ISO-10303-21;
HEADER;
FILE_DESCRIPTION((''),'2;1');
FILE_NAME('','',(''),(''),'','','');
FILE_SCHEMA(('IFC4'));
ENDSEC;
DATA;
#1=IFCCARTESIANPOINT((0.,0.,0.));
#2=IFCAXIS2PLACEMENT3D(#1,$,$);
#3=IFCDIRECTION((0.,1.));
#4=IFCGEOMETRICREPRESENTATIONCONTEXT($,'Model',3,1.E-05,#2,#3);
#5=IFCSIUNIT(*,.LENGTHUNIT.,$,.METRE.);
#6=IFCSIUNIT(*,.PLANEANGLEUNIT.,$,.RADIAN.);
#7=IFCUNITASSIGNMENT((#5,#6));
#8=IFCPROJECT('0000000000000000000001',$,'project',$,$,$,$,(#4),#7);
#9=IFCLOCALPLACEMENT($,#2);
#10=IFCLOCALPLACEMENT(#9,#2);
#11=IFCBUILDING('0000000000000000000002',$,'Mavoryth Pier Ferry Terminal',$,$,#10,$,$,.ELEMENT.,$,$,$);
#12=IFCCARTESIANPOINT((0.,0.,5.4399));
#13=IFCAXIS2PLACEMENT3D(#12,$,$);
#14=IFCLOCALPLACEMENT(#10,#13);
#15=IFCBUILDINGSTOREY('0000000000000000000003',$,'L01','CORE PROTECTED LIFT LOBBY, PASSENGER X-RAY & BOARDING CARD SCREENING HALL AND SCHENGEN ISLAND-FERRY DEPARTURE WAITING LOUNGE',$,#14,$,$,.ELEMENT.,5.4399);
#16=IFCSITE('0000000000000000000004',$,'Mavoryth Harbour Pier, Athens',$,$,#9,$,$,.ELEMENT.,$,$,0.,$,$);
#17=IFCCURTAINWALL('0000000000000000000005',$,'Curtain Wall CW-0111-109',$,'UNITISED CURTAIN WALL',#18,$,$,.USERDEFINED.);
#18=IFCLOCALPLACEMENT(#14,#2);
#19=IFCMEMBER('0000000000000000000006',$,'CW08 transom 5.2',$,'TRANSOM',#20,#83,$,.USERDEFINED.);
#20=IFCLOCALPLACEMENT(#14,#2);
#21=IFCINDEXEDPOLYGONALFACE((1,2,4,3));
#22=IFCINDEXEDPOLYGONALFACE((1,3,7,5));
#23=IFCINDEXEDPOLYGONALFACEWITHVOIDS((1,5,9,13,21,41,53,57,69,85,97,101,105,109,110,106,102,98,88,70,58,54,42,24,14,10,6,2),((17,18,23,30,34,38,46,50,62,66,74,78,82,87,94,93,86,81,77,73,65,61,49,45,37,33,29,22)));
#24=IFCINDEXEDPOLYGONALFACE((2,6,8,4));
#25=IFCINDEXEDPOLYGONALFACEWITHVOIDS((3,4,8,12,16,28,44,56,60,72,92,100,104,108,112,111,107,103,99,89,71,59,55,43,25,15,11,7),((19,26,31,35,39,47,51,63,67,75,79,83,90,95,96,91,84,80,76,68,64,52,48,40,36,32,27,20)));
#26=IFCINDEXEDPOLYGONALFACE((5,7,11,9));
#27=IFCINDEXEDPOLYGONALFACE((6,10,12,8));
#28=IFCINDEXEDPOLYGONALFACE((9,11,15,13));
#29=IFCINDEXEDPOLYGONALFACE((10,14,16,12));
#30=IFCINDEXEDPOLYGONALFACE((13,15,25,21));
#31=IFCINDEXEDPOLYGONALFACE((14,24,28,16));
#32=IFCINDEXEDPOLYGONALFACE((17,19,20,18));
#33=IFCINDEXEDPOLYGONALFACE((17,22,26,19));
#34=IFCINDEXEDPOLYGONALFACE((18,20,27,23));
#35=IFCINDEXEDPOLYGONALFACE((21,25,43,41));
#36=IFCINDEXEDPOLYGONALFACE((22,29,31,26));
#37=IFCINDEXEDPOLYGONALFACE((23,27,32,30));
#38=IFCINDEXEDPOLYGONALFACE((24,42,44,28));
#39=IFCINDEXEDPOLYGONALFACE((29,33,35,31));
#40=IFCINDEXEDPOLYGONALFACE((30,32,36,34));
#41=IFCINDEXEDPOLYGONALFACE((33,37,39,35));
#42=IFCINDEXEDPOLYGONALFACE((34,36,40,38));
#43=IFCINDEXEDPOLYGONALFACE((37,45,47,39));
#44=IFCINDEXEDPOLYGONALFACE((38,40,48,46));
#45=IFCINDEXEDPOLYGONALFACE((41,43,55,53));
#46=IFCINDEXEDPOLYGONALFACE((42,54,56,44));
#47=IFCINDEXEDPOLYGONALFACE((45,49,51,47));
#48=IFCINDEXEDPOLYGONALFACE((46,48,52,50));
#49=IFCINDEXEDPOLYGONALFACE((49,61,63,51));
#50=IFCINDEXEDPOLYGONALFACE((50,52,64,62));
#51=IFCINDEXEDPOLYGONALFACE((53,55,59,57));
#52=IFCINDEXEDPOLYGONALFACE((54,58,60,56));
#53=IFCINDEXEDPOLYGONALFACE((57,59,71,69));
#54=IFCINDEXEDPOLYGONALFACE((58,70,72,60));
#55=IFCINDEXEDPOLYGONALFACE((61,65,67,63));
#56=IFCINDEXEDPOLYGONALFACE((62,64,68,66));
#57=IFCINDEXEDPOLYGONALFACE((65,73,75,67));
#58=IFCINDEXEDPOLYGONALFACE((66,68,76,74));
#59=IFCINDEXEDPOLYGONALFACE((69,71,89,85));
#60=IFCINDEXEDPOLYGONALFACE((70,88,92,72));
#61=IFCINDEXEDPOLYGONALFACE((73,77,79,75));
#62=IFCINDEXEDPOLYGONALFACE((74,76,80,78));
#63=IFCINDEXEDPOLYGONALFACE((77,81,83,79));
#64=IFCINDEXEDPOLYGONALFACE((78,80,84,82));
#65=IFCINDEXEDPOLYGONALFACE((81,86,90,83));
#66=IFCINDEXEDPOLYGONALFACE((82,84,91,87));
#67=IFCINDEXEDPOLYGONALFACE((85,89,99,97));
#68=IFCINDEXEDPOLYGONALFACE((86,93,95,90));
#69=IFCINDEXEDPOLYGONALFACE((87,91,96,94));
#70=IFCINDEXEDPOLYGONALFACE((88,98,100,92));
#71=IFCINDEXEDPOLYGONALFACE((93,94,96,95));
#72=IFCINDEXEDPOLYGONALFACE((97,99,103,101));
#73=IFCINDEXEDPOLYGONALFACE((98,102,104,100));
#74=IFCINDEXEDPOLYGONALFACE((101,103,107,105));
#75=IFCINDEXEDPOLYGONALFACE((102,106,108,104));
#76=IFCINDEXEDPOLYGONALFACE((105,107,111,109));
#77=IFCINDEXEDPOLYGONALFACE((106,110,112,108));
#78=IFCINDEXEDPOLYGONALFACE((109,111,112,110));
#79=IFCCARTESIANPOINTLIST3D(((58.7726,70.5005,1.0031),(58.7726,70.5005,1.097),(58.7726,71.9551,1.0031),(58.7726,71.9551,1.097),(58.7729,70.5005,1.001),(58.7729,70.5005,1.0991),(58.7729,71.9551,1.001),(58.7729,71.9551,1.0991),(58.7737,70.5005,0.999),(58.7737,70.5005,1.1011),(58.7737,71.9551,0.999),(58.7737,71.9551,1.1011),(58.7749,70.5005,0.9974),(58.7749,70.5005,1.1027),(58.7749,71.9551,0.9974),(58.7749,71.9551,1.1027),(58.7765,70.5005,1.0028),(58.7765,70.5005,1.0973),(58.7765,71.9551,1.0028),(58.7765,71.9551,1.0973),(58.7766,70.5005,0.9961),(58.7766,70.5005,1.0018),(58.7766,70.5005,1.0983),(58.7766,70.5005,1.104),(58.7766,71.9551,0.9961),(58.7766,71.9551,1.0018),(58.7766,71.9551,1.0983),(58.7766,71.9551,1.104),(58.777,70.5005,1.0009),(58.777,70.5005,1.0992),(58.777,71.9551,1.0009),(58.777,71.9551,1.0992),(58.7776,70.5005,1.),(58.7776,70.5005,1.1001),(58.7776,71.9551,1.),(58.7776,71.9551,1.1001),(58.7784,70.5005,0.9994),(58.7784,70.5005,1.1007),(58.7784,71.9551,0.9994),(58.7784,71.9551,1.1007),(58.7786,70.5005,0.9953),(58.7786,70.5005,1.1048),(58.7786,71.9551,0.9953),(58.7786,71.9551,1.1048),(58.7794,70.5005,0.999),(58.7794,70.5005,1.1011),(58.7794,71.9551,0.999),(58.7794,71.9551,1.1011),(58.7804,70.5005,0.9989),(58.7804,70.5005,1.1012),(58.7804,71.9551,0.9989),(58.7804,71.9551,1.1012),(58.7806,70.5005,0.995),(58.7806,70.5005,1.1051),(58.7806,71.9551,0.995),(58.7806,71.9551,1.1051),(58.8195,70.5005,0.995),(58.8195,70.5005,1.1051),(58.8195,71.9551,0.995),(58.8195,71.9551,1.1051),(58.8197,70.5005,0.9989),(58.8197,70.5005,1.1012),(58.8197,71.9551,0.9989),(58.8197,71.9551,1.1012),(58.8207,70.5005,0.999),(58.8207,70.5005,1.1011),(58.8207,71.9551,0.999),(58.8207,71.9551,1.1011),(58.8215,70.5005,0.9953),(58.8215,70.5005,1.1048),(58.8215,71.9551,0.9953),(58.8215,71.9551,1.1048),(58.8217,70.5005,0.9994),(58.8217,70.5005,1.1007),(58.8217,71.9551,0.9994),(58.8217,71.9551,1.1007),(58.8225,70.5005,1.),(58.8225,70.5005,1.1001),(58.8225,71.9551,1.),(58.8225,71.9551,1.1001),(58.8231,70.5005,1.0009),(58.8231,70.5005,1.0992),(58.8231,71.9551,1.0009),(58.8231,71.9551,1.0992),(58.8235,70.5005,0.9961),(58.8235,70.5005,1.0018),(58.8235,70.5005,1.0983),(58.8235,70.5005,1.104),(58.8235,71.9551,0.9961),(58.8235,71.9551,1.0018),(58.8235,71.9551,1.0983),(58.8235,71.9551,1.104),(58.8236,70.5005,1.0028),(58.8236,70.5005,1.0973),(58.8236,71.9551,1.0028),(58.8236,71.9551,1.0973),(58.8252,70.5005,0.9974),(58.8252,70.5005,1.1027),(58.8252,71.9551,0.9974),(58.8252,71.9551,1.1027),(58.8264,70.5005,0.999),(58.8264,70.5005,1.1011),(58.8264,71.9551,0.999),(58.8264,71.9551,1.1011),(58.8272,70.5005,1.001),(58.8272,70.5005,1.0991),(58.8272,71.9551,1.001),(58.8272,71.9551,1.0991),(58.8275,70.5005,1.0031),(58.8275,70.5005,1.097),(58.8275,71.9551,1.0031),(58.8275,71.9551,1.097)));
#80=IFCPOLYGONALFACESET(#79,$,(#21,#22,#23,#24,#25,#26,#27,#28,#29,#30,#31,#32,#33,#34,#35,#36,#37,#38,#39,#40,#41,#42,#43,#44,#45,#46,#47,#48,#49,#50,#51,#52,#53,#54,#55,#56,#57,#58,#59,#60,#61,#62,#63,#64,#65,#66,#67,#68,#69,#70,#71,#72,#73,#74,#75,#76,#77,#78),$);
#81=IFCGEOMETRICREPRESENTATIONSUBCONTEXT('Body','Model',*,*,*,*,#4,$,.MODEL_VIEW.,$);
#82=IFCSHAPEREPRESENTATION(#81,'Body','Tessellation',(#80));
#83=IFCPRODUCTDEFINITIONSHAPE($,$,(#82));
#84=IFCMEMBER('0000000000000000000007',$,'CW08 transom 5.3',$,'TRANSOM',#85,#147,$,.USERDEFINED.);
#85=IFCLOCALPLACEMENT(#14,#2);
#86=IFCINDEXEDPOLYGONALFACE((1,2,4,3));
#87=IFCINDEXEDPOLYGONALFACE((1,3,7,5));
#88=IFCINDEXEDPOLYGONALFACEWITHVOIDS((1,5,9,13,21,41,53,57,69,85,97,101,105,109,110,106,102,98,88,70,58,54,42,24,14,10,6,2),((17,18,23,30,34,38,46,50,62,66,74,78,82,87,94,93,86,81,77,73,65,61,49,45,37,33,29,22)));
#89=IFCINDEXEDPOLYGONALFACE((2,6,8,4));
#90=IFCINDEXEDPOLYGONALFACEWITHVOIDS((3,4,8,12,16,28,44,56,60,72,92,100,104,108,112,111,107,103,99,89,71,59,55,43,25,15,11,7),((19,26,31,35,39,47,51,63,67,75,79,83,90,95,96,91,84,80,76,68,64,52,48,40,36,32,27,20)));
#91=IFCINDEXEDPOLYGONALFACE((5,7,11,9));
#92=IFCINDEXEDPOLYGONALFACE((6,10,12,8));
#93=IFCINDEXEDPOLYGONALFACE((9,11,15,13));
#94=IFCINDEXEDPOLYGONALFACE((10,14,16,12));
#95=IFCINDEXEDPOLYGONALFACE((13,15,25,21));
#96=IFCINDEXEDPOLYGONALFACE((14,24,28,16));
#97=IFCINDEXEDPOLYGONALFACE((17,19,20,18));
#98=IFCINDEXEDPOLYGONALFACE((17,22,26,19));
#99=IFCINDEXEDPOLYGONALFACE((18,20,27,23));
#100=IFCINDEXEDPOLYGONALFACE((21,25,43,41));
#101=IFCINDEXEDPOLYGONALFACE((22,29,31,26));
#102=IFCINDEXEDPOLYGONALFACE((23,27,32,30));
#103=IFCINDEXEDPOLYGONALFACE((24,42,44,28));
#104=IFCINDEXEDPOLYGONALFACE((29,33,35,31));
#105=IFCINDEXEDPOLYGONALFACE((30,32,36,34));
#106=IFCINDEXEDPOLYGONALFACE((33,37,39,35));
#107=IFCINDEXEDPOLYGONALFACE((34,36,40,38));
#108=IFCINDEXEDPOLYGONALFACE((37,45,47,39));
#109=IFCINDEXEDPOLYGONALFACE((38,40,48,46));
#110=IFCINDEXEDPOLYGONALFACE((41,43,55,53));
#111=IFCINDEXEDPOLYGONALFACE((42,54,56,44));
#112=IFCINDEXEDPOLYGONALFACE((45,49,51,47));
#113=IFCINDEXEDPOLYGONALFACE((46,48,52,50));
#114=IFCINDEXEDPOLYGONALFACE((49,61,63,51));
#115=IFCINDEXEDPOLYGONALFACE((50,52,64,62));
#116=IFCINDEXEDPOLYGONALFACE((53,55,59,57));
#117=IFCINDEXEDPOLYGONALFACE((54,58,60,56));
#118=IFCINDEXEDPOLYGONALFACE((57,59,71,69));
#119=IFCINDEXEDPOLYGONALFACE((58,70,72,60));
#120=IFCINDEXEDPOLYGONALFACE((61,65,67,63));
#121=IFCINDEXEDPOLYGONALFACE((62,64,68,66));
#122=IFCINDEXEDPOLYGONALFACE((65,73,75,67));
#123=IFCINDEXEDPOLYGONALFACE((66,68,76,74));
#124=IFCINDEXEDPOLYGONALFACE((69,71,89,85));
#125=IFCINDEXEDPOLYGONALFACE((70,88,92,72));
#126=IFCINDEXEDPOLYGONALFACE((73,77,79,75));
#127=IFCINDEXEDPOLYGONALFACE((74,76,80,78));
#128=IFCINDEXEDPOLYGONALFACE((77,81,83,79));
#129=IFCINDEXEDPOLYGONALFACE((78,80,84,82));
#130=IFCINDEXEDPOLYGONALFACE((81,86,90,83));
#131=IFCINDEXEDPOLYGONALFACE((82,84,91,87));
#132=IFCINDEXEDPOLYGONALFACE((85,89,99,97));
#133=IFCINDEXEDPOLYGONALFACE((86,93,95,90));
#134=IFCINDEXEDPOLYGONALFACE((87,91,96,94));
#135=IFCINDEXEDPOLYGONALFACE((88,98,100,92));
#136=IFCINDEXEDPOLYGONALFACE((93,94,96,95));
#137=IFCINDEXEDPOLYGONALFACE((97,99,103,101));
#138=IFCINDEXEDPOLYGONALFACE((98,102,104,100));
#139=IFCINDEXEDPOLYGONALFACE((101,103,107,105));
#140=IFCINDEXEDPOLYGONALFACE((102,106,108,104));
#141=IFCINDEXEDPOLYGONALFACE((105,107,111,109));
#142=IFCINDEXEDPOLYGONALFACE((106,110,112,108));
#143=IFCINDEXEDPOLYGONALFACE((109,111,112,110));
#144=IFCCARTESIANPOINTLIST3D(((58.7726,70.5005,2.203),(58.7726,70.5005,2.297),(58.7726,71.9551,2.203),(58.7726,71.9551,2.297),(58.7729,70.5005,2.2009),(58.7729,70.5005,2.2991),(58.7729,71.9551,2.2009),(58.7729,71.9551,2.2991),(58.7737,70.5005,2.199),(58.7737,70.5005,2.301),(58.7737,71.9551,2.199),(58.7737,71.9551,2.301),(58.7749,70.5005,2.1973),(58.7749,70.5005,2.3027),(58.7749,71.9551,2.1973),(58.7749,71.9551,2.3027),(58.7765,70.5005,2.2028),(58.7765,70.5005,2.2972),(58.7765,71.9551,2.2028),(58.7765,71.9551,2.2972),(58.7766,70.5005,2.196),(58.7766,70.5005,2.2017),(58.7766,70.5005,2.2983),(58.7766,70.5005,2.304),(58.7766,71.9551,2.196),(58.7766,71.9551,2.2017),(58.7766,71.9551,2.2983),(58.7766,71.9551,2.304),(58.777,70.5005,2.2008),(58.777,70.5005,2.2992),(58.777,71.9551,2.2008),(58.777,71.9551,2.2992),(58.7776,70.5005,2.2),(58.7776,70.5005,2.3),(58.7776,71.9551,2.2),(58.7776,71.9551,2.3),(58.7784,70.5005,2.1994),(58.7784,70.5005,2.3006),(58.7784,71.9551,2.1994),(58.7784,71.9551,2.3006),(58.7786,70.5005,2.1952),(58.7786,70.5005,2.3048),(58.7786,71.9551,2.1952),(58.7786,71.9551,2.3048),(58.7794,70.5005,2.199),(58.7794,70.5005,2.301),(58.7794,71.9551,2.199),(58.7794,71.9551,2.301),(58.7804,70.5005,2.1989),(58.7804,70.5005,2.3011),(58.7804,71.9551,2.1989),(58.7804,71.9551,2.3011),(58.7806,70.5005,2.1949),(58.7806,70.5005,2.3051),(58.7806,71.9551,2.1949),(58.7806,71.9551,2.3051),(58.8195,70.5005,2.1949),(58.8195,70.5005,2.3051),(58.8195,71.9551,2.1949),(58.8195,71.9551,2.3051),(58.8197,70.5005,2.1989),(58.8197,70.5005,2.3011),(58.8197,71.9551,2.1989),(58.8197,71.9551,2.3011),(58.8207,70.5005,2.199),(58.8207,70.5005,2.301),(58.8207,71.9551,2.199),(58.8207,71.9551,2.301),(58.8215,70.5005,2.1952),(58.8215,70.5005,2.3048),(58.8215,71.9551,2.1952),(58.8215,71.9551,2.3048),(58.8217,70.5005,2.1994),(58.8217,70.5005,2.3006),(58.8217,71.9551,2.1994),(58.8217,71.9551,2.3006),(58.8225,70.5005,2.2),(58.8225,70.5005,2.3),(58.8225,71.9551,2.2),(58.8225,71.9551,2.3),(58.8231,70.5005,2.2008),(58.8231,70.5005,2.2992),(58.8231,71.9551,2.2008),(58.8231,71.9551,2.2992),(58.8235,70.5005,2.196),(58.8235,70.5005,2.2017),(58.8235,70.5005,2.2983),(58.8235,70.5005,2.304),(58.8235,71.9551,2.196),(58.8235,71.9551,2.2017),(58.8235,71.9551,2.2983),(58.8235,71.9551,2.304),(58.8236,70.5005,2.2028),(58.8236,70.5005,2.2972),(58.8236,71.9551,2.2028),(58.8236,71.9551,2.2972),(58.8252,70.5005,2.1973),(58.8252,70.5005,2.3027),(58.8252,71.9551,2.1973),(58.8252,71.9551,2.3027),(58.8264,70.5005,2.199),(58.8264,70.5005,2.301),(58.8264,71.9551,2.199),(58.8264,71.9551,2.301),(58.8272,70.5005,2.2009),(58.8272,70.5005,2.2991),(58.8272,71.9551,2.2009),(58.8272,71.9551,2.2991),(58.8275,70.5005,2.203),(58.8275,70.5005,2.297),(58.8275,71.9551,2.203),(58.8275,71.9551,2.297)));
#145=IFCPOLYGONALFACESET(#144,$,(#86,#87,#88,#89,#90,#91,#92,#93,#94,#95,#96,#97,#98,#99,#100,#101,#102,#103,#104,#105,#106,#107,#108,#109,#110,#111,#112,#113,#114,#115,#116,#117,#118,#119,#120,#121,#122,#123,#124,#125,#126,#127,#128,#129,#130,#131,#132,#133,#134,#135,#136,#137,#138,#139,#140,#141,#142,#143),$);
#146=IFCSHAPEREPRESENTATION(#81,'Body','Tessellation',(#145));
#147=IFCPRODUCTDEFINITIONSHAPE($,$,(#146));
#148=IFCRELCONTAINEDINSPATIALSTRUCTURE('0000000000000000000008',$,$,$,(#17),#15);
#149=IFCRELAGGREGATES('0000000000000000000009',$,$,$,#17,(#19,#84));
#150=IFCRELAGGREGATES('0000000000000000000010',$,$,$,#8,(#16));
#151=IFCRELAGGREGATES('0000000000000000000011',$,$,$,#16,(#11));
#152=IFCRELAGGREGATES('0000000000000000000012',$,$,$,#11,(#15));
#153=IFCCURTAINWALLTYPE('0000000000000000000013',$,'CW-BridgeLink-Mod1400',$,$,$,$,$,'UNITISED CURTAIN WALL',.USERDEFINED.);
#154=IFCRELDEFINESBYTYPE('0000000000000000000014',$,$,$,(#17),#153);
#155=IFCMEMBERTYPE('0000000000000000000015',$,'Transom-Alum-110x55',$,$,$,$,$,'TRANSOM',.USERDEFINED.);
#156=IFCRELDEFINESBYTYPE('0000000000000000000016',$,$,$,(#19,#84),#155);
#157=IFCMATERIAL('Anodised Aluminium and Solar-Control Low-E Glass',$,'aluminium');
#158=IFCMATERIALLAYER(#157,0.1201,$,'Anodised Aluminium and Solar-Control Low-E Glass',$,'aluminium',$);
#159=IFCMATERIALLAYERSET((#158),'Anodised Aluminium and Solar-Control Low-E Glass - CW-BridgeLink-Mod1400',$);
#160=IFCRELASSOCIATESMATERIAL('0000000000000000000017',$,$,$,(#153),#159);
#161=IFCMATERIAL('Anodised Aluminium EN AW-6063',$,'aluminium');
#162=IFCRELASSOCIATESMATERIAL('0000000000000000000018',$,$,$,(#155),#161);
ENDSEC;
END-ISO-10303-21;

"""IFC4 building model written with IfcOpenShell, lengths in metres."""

from ifc_helpers import new_model, si_unit, direction, frame, origin, origin_2d, place, context, subcontext, project, spatial, hollow_rectangle, extrude, material, layer, layer_set, material_profile, profile_set, type_object, element, aggregate, save


model = new_model("IFC4")

# Units and contexts
model_context = context("Model", 3, precision=1e-05, world=origin(), true_north=direction((0.0, 1.0)))
body_context = subcontext(model_context, "Body", "Model", "MODEL_VIEW")
ifc_project = project(units=[si_unit("LENGTHUNIT", "METRE"), si_unit("PLANEANGLEUNIT", "RADIAN")], contexts=[model_context])

# Site, building, storey
site_placement = place(None, origin())
site = spatial("IfcSite", under=ifc_project, at=site_placement, Name="Mavoryth Harbour Pier, Athens", CompositionType="ELEMENT", RefElevation=0.0)
building_placement = place(site_placement, origin())
building = spatial("IfcBuilding", under=site, at=building_placement, Name="Mavoryth Pier Ferry Terminal", CompositionType="ELEMENT")
storey_placement = place(building_placement, frame((0.0, 0.0, 5.4399)))
storey = spatial("IfcBuildingStorey", under=building, at=storey_placement, Name="L01", Description="CORE PROTECTED LIFT LOBBY, PASSENGER X-RAY & BOARDING CARD SCREENING HALL AND SCHENGEN ISLAND-FERRY DEPARTURE WAITING LOUNGE", CompositionType="ELEMENT", Elevation=5.4399)

# Curtain wall
ifc_material_1 = material(Name="Anodised Aluminium and Solar-Control Low-E Glass", Category="aluminium")
ifc_layer_1 = layer(ifc_material_1, 0.1201, Name="Anodised Aluminium and Solar-Control Low-E Glass", Category="aluminium")
ifc_layer_set_1 = layer_set([ifc_layer_1], Name="Anodised Aluminium and Solar-Control Low-E Glass - CW-BridgeLink-Mod1400")
curtain_wall_type_1 = type_object("IfcCurtainWallType", Name="CW-BridgeLink-Mod1400", ElementType="UNITISED CURTAIN WALL", PredefinedType="USERDEFINED", material=ifc_layer_set_1)
curtain_wall_1_placement = place(storey_placement, origin())
curtain_wall_1 = element("IfcCurtainWall", 1, at=curtain_wall_1_placement, inside=storey, type_object=curtain_wall_type_1, Name="Curtain Wall CW-0111-109", ObjectType="UNITISED CURTAIN WALL", PredefinedType="USERDEFINED")
ifc_material_2 = material(Name="Anodised Aluminium EN AW-6063", Category="aluminium")

# Members
ifc_material_profile_1 = material_profile(ifc_material_2, hollow_rectangle(XDim=0.0549, YDim=0.1101, WallThickness=0.0039, InnerFilletRadius=0.0039, OuterFilletRadius=0.0081, at=origin_2d()), Name="AL-TRAN 110x55x4", Category="aluminium")
ifc_profile_set_1 = profile_set([ifc_material_profile_1], Name="Anodised Aluminium EN AW-6063 - AL-TRAN 110x55x4")
member_type_1 = type_object("IfcMemberType", Name="Transom-Alum-110x55", ElementType="TRANSOM", PredefinedType="USERDEFINED", material=ifc_profile_set_1)
member_1_placement = place(storey_placement, frame((58.8, 70.5005, 1.05), z_axis=(0.0, 1.0, 0.0), x_axis=(-1.0, 0.0, 0.0)))
member_1 = element("IfcMember", 2, at=member_1_placement, type_object=member_type_1, Name="CW08 transom 5.2", ObjectType="TRANSOM", PredefinedType="USERDEFINED", context=body_context, shape_type="SweptSolid", body=[
    extrude(hollow_rectangle(XDim=0.0549, YDim=0.1101, WallThickness=0.0039, InnerFilletRadius=0.0039, OuterFilletRadius=0.0081, at=origin_2d()), origin(), (0.0, 0.0, 1.0), 1.4546),
])
member_2_placement = place(storey_placement, frame((58.8, 70.5005, 2.25), z_axis=(0.0, 1.0, 0.0), x_axis=(-1.0, 0.0, 0.0)))
member_2 = element("IfcMember", 3, at=member_2_placement, type_object=member_type_1, Name="CW08 transom 5.3", ObjectType="TRANSOM", PredefinedType="USERDEFINED", context=body_context, shape_type="SweptSolid", body=[
    extrude(hollow_rectangle(XDim=0.0549, YDim=0.1101, WallThickness=0.0039, InnerFilletRadius=0.0039, OuterFilletRadius=0.0081, at=origin_2d()), origin(), (0.0, 0.0, 1.0), 1.4546),
])

aggregate(curtain_wall_1, [member_1, member_2])

save(model, "model.ifc")
